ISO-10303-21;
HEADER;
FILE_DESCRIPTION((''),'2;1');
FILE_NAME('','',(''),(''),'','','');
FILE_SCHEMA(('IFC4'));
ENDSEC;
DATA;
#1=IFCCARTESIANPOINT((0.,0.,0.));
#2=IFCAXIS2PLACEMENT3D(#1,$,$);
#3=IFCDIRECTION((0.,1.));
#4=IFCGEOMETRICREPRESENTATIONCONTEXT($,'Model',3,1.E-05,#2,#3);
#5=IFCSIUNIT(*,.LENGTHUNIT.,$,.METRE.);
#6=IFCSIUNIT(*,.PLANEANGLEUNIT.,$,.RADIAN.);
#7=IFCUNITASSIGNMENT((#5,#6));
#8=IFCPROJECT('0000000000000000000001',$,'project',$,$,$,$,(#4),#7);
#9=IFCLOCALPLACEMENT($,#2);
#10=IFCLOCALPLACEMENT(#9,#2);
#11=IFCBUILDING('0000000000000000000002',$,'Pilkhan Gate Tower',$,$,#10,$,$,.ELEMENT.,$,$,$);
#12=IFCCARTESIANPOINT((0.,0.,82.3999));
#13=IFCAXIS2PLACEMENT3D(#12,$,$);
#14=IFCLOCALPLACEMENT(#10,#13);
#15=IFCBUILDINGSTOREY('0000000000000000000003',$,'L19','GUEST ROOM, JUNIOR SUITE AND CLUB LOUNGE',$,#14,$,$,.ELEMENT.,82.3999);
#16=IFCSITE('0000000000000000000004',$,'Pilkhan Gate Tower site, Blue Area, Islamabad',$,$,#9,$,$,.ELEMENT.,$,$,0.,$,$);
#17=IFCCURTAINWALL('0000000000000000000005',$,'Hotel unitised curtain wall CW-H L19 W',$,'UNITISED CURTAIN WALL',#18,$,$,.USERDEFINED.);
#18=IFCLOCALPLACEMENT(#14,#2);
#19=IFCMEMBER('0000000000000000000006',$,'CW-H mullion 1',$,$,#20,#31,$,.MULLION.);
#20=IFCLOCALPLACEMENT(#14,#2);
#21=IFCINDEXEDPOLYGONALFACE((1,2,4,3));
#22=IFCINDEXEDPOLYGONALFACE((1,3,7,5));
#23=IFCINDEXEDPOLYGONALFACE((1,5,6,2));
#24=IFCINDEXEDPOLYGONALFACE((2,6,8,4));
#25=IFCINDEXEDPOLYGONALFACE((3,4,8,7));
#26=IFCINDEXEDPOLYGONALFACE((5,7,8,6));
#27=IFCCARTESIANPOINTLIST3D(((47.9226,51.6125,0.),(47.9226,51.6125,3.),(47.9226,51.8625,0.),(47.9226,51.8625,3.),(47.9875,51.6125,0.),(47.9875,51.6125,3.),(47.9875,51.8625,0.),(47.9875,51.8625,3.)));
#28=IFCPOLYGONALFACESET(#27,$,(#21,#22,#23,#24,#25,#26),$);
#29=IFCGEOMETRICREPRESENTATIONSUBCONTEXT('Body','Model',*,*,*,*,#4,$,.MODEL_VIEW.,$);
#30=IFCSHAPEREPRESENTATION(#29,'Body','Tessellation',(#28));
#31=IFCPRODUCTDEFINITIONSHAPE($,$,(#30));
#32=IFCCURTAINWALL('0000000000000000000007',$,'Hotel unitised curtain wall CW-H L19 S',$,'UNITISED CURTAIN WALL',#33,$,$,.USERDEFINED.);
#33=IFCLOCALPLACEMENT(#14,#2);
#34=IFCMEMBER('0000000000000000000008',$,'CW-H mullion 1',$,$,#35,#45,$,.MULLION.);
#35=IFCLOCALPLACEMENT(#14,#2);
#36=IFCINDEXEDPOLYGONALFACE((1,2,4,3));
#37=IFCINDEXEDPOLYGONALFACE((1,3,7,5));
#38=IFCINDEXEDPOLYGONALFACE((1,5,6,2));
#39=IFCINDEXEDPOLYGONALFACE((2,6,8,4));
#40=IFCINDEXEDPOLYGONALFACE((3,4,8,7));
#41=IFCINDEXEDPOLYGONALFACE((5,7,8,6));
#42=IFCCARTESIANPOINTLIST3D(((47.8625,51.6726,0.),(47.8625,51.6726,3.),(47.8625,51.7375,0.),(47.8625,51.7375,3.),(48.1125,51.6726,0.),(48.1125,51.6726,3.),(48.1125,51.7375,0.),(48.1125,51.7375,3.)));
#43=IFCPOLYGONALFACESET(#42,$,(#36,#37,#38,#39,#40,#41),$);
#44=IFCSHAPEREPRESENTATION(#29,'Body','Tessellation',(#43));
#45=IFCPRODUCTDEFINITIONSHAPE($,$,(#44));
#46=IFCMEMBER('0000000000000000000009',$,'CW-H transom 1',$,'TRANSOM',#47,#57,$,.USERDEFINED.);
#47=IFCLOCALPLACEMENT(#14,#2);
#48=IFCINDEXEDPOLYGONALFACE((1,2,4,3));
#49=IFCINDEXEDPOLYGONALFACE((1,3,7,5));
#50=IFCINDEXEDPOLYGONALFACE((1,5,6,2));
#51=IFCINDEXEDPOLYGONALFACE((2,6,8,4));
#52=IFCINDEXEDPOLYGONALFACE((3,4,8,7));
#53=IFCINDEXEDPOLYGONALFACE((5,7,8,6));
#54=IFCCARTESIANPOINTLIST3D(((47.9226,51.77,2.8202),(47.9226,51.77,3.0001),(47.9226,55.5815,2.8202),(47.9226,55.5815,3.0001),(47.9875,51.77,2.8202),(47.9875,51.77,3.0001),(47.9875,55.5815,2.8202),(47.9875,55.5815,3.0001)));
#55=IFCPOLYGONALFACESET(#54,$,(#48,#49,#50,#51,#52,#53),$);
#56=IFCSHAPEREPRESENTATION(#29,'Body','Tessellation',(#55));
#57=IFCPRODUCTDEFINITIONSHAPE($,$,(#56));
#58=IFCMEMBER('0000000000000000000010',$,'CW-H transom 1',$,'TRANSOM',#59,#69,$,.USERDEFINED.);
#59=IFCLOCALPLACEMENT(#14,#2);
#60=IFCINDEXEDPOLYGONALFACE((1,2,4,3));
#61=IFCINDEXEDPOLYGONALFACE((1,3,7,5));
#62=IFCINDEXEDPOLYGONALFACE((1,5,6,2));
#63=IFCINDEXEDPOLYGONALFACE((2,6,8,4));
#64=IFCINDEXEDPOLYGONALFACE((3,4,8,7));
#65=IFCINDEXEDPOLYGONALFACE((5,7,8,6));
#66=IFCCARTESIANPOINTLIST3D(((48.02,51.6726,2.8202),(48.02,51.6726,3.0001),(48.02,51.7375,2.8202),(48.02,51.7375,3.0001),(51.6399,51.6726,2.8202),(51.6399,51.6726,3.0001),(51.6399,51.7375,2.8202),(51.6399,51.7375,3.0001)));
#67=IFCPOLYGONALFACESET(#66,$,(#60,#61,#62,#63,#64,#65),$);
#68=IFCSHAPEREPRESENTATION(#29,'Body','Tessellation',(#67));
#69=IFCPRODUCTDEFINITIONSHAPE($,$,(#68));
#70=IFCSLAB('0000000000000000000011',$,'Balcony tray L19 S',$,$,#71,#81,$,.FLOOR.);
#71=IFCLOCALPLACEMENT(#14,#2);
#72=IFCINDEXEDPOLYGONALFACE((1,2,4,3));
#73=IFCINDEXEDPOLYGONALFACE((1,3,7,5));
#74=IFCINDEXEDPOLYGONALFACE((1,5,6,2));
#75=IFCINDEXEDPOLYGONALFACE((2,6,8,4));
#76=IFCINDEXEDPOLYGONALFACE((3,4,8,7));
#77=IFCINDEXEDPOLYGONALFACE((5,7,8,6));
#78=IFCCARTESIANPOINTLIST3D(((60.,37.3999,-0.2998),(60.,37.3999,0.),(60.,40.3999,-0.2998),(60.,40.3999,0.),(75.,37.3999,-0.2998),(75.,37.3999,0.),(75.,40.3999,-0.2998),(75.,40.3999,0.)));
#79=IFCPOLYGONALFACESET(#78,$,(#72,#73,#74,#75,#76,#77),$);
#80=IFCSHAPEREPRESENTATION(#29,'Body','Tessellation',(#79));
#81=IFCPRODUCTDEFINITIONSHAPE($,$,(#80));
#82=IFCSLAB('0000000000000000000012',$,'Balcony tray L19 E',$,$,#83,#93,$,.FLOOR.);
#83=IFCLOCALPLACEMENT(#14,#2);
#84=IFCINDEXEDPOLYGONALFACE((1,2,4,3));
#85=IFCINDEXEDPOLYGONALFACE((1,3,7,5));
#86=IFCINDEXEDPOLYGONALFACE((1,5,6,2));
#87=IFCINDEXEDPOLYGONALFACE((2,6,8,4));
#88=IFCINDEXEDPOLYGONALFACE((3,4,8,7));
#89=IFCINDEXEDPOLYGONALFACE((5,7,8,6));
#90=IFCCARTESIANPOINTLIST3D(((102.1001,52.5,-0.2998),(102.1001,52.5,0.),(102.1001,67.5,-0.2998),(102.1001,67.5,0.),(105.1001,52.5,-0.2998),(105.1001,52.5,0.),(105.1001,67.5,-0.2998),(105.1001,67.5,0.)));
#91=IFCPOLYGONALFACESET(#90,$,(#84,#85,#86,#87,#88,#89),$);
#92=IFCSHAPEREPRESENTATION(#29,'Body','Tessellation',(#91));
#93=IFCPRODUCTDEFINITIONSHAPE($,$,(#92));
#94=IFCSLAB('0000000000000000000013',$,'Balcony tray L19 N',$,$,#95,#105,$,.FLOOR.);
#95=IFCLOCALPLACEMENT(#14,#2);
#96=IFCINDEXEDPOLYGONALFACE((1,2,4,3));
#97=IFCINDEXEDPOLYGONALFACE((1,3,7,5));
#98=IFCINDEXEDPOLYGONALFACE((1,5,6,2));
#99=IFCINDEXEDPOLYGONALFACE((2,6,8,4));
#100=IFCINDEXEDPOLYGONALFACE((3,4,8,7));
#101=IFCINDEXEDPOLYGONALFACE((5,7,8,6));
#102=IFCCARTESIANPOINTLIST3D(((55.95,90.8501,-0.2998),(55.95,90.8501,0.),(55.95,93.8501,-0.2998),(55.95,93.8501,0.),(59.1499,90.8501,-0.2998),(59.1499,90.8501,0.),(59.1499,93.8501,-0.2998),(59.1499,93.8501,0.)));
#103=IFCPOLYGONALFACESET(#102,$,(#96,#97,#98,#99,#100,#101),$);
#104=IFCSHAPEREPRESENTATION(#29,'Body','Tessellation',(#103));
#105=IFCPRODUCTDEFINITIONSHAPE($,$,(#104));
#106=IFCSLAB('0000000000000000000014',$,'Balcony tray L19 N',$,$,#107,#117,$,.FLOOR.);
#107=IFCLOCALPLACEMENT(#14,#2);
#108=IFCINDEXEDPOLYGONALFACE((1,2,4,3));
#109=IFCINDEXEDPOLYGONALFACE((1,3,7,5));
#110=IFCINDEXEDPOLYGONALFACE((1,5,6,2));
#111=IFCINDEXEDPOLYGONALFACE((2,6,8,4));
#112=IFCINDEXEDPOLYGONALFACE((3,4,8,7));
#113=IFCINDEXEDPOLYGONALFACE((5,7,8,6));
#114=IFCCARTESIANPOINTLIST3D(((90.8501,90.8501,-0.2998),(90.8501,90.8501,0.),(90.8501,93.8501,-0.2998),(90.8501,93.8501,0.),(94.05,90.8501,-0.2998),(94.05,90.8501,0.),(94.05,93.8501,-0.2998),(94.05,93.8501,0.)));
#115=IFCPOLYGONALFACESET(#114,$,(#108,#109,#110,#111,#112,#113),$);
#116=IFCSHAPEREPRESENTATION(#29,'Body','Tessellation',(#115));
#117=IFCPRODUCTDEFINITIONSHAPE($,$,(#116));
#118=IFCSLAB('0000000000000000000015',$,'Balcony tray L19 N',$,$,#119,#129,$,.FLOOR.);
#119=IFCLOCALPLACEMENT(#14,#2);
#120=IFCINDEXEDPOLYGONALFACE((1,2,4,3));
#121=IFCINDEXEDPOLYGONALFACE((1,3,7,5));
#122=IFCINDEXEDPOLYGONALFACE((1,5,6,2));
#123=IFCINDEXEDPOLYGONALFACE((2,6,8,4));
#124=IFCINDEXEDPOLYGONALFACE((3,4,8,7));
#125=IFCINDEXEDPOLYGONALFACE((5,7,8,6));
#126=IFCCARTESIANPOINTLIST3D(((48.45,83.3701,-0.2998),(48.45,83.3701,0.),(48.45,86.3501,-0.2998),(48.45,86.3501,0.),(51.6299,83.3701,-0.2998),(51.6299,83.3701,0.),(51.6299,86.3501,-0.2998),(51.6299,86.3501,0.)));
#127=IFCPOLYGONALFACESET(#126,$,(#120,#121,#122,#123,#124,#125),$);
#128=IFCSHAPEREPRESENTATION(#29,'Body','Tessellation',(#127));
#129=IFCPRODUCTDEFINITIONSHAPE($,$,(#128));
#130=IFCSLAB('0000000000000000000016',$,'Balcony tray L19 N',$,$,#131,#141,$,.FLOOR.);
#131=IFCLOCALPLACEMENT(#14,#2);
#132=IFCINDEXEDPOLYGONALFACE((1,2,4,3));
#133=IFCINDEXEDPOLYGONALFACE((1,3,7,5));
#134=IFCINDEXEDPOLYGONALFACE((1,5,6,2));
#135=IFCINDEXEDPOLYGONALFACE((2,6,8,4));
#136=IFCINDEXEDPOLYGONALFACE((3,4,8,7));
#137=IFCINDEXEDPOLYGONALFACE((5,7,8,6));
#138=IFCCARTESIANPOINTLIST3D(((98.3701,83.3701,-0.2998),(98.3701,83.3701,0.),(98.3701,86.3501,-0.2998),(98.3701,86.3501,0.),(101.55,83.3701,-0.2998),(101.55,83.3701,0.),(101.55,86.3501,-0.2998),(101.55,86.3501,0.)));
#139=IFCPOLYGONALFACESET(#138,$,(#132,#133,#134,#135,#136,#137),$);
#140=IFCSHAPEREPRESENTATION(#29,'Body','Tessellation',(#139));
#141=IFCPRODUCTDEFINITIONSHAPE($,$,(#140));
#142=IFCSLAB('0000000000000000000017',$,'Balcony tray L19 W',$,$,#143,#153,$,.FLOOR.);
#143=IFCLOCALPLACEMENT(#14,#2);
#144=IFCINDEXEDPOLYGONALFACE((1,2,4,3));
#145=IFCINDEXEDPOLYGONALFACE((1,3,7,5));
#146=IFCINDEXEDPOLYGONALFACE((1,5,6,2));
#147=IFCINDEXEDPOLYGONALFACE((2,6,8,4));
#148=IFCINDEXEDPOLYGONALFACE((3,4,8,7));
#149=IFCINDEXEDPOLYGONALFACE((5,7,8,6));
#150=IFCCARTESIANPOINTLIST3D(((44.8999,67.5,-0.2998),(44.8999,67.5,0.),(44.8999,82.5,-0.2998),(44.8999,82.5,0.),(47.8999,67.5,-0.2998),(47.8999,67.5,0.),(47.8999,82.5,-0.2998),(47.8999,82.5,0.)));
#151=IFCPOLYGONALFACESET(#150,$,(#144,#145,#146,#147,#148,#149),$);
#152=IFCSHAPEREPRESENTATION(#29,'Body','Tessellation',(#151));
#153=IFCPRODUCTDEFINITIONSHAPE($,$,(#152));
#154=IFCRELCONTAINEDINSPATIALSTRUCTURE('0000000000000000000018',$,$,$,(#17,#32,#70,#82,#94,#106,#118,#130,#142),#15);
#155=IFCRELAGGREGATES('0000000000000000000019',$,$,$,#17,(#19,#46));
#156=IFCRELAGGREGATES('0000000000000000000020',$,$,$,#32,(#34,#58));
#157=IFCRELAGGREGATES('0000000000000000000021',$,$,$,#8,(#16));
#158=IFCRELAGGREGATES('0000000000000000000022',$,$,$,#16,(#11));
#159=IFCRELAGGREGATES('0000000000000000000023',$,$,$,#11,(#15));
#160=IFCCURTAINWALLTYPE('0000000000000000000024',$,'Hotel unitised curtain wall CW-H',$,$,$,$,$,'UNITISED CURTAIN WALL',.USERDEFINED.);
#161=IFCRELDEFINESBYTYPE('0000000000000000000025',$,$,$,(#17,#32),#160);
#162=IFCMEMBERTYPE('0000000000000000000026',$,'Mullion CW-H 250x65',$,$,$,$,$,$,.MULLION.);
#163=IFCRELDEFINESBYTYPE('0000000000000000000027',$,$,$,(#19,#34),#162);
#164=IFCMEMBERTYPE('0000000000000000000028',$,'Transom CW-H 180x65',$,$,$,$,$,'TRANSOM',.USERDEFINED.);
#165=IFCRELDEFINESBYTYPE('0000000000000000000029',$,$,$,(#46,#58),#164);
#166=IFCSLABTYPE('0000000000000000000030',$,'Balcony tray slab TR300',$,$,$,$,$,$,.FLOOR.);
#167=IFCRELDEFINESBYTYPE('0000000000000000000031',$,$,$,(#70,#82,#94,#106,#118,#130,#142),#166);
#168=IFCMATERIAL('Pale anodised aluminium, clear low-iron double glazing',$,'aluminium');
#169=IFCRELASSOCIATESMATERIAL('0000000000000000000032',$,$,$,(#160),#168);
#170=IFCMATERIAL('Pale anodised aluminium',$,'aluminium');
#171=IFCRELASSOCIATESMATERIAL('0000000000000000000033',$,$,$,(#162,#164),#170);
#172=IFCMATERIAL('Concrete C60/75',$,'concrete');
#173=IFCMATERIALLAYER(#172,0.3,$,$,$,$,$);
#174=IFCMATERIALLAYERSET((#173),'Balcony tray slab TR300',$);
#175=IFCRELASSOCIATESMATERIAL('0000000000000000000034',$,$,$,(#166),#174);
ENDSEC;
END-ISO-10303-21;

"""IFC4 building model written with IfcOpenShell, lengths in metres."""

from ifc_helpers import new_model, si_unit, direction, frame, origin, origin_2d, place, context, subcontext, project, spatial, polyline, rectangle, outline, extrude, material, layer, layer_set, material_profile, profile_set, type_object, element, aggregate, save


model = new_model("IFC4")

# Units and contexts
model_context = context("Model", 3, precision=1e-05, world=origin(), true_north=direction((0.0, 1.0)))
body_context = subcontext(model_context, "Body", "Model", "MODEL_VIEW")
ifc_project = project(units=[si_unit("LENGTHUNIT", "METRE"), si_unit("PLANEANGLEUNIT", "RADIAN")], contexts=[model_context])

# Site, building, storey
site_placement = place(None, origin())
site = spatial("IfcSite", under=ifc_project, at=site_placement, Name="Pilkhan Gate Tower site, Blue Area, Islamabad", CompositionType="ELEMENT", RefElevation=0.0)
building_placement = place(site_placement, origin())
building = spatial("IfcBuilding", under=site, at=building_placement, Name="Pilkhan Gate Tower", CompositionType="ELEMENT")
storey_placement = place(building_placement, frame((0.0, 0.0, 82.3999)))
storey = spatial("IfcBuildingStorey", under=building, at=storey_placement, Name="L19", Description="GUEST ROOM, JUNIOR SUITE AND CLUB LOUNGE", CompositionType="ELEMENT", Elevation=82.3999)

# Curtain walls, members
ifc_material_1 = material(Name="Pale anodised aluminium, clear low-iron double glazing", Category="aluminium")
curtain_wall_type = type_object("IfcCurtainWallType", Name="Hotel unitised curtain wall CW-H", ElementType="UNITISED CURTAIN WALL", PredefinedType="USERDEFINED", material=ifc_material_1)
curtain_wall_1_placement = place(storey_placement, origin())
curtain_wall_1 = element("IfcCurtainWall", 1, at=curtain_wall_1_placement, inside=storey, type_object=curtain_wall_type, Name="Hotel unitised curtain wall CW-H L19 W", ObjectType="UNITISED CURTAIN WALL", PredefinedType="USERDEFINED")
ifc_material_2 = material(Name="Pale anodised aluminium", Category="aluminium")
ifc_material_profile_1 = material_profile(ifc_material_2, rectangle(XDim=0.0649, YDim=0.25, at=origin_2d()), Name="Mullion 250x65")
ifc_profile_set_1 = profile_set([ifc_material_profile_1], Name="Pale anodised aluminium")
member_type_1 = type_object("IfcMemberType", Name="Mullion CW-H 250x65", PredefinedType="MULLION", material=ifc_profile_set_1)
member_1_placement = place(storey_placement, frame((47.9551, 51.7375, 0.0), z_axis=(0.0, 0.0, 1.0), x_axis=(-1.0, 0.0, 0.0)))
member_1 = element("IfcMember", 2, at=member_1_placement, type_object=member_type_1, Name="CW-H mullion 1", PredefinedType="MULLION", context=body_context, shape_type="SweptSolid", body=[
    extrude(rectangle(XDim=0.0649, YDim=0.25, at=origin_2d()), origin(), (0.0, 0.0, 1.0), 3.0),
])
curtain_wall_2_placement = place(storey_placement, origin())
curtain_wall_2 = element("IfcCurtainWall", 3, at=curtain_wall_2_placement, inside=storey, type_object=curtain_wall_type, Name="Hotel unitised curtain wall CW-H L19 S", ObjectType="UNITISED CURTAIN WALL", PredefinedType="USERDEFINED")
member_2_placement = place(storey_placement, frame((47.9875, 51.7051, 0.0), z_axis=(0.0, 0.0, 1.0), x_axis=(0.0, 1.0, 0.0)))
member_2 = element("IfcMember", 4, at=member_2_placement, type_object=member_type_1, Name="CW-H mullion 1", PredefinedType="MULLION", context=body_context, shape_type="SweptSolid", body=[
    extrude(rectangle(XDim=0.0649, YDim=0.25, at=origin_2d()), origin(), (0.0, 0.0, 1.0), 3.0),
])

# Members
ifc_material_profile_2 = material_profile(ifc_material_2, rectangle(XDim=0.0649, YDim=0.1799, at=origin_2d()), Name="Transom 180x65")
ifc_profile_set_2 = profile_set([ifc_material_profile_2], Name="Pale anodised aluminium")
member_type_2 = type_object("IfcMemberType", Name="Transom CW-H 180x65", ElementType="TRANSOM", PredefinedType="USERDEFINED", material=ifc_profile_set_2)
member_3_placement = place(storey_placement, frame((47.9551, 51.77, 2.9102), z_axis=(0.0, 1.0, 0.0), x_axis=(-1.0, 0.0, 0.0)))
member_3 = element("IfcMember", 5, at=member_3_placement, type_object=member_type_2, Name="CW-H transom 1", ObjectType="TRANSOM", PredefinedType="USERDEFINED", context=body_context, shape_type="SweptSolid", body=[
    extrude(rectangle(XDim=0.0649, YDim=0.1799, at=origin_2d()), origin(), (0.0, 0.0, 1.0), 3.8115),
])
aggregate(curtain_wall_1, [member_1, member_3])
member_4_placement = place(storey_placement, frame((48.02, 51.7051, 2.9102), z_axis=(1.0, 0.0, 0.0), x_axis=(0.0, 1.0, 0.0)))
member_4 = element("IfcMember", 6, at=member_4_placement, type_object=member_type_2, Name="CW-H transom 1", ObjectType="TRANSOM", PredefinedType="USERDEFINED", context=body_context, shape_type="SweptSolid", body=[
    extrude(rectangle(XDim=0.0649, YDim=0.1799, at=origin_2d()), origin(), (0.0, 0.0, 1.0), 3.6199),
])
aggregate(curtain_wall_2, [member_2, member_4])

# Slabs
ifc_material_3 = material(Name="Concrete C60/75", Category="concrete")
ifc_layer_1 = layer(ifc_material_3, 0.3)
ifc_layer_set_1 = layer_set([ifc_layer_1], Name="Balcony tray slab TR300")
slab_type_1 = type_object("IfcSlabType", Name="Balcony tray slab TR300", PredefinedType="FLOOR", material=ifc_layer_set_1)
slab_1_placement = place(storey_placement, frame((0.0, 0.0, -0.2998)))
element("IfcSlab", 7, at=slab_1_placement, inside=storey, type_object=slab_type_1, Name="Balcony tray L19 S", PredefinedType="FLOOR", context=body_context, shape_type="SweptSolid", body=[
    extrude(outline(polyline([(75.0, 37.3999), (75.0, 40.3999), (60.0, 40.3999), (60.0, 37.3999), (75.0, 37.3999)])), origin(), (0.0, 0.0, 1.0), 0.2998),
])
slab_2_placement = place(storey_placement, frame((0.0, 0.0, -0.2998)))
element("IfcSlab", 8, at=slab_2_placement, inside=storey, type_object=slab_type_1, Name="Balcony tray L19 E", PredefinedType="FLOOR", context=body_context, shape_type="SweptSolid", body=[
    extrude(outline(polyline([(105.1001, 52.5), (105.1001, 67.5), (102.1001, 67.5), (102.1001, 52.5), (105.1001, 52.5)])), origin(), (0.0, 0.0, 1.0), 0.2998),
])
slab_3_placement = place(storey_placement, frame((0.0, 0.0, -0.2998)))
element("IfcSlab", 9, at=slab_3_placement, inside=storey, type_object=slab_type_1, Name="Balcony tray L19 N", PredefinedType="FLOOR", context=body_context, shape_type="SweptSolid", body=[
    extrude(outline(polyline([(59.1499, 90.8501), (59.1499, 93.8501), (55.95, 93.8501), (55.95, 90.8501), (59.1499, 90.8501)])), origin(), (0.0, 0.0, 1.0), 0.2998),
])
slab_4_placement = place(storey_placement, frame((0.0, 0.0, -0.2998)))
element("IfcSlab", 10, at=slab_4_placement, inside=storey, type_object=slab_type_1, Name="Balcony tray L19 N", PredefinedType="FLOOR", context=body_context, shape_type="SweptSolid", body=[
    extrude(outline(polyline([(94.05, 90.8501), (94.05, 93.8501), (90.8501, 93.8501), (90.8501, 90.8501), (94.05, 90.8501)])), origin(), (0.0, 0.0, 1.0), 0.2998),
])
slab_5_placement = place(storey_placement, frame((0.0, 0.0, -0.2998)))
element("IfcSlab", 11, at=slab_5_placement, inside=storey, type_object=slab_type_1, Name="Balcony tray L19 N", PredefinedType="FLOOR", context=body_context, shape_type="SweptSolid", body=[
    extrude(outline(polyline([(51.6299, 83.3701), (51.6299, 86.3501), (48.45, 86.3501), (48.45, 83.3701), (51.6299, 83.3701)])), origin(), (0.0, 0.0, 1.0), 0.2998),
])
slab_6_placement = place(storey_placement, frame((0.0, 0.0, -0.2998)))
element("IfcSlab", 12, at=slab_6_placement, inside=storey, type_object=slab_type_1, Name="Balcony tray L19 N", PredefinedType="FLOOR", context=body_context, shape_type="SweptSolid", body=[
    extrude(outline(polyline([(101.55, 83.3701), (101.55, 86.3501), (98.3701, 86.3501), (98.3701, 83.3701), (101.55, 83.3701)])), origin(), (0.0, 0.0, 1.0), 0.2998),
])
slab_7_placement = place(storey_placement, frame((0.0, 0.0, -0.2998)))
element("IfcSlab", 13, at=slab_7_placement, inside=storey, type_object=slab_type_1, Name="Balcony tray L19 W", PredefinedType="FLOOR", context=body_context, shape_type="SweptSolid", body=[
    extrude(outline(polyline([(47.8999, 67.5), (47.8999, 82.5), (44.8999, 82.5), (44.8999, 67.5), (47.8999, 67.5)])), origin(), (0.0, 0.0, 1.0), 0.2998),
])

save(model, "model.ifc")
